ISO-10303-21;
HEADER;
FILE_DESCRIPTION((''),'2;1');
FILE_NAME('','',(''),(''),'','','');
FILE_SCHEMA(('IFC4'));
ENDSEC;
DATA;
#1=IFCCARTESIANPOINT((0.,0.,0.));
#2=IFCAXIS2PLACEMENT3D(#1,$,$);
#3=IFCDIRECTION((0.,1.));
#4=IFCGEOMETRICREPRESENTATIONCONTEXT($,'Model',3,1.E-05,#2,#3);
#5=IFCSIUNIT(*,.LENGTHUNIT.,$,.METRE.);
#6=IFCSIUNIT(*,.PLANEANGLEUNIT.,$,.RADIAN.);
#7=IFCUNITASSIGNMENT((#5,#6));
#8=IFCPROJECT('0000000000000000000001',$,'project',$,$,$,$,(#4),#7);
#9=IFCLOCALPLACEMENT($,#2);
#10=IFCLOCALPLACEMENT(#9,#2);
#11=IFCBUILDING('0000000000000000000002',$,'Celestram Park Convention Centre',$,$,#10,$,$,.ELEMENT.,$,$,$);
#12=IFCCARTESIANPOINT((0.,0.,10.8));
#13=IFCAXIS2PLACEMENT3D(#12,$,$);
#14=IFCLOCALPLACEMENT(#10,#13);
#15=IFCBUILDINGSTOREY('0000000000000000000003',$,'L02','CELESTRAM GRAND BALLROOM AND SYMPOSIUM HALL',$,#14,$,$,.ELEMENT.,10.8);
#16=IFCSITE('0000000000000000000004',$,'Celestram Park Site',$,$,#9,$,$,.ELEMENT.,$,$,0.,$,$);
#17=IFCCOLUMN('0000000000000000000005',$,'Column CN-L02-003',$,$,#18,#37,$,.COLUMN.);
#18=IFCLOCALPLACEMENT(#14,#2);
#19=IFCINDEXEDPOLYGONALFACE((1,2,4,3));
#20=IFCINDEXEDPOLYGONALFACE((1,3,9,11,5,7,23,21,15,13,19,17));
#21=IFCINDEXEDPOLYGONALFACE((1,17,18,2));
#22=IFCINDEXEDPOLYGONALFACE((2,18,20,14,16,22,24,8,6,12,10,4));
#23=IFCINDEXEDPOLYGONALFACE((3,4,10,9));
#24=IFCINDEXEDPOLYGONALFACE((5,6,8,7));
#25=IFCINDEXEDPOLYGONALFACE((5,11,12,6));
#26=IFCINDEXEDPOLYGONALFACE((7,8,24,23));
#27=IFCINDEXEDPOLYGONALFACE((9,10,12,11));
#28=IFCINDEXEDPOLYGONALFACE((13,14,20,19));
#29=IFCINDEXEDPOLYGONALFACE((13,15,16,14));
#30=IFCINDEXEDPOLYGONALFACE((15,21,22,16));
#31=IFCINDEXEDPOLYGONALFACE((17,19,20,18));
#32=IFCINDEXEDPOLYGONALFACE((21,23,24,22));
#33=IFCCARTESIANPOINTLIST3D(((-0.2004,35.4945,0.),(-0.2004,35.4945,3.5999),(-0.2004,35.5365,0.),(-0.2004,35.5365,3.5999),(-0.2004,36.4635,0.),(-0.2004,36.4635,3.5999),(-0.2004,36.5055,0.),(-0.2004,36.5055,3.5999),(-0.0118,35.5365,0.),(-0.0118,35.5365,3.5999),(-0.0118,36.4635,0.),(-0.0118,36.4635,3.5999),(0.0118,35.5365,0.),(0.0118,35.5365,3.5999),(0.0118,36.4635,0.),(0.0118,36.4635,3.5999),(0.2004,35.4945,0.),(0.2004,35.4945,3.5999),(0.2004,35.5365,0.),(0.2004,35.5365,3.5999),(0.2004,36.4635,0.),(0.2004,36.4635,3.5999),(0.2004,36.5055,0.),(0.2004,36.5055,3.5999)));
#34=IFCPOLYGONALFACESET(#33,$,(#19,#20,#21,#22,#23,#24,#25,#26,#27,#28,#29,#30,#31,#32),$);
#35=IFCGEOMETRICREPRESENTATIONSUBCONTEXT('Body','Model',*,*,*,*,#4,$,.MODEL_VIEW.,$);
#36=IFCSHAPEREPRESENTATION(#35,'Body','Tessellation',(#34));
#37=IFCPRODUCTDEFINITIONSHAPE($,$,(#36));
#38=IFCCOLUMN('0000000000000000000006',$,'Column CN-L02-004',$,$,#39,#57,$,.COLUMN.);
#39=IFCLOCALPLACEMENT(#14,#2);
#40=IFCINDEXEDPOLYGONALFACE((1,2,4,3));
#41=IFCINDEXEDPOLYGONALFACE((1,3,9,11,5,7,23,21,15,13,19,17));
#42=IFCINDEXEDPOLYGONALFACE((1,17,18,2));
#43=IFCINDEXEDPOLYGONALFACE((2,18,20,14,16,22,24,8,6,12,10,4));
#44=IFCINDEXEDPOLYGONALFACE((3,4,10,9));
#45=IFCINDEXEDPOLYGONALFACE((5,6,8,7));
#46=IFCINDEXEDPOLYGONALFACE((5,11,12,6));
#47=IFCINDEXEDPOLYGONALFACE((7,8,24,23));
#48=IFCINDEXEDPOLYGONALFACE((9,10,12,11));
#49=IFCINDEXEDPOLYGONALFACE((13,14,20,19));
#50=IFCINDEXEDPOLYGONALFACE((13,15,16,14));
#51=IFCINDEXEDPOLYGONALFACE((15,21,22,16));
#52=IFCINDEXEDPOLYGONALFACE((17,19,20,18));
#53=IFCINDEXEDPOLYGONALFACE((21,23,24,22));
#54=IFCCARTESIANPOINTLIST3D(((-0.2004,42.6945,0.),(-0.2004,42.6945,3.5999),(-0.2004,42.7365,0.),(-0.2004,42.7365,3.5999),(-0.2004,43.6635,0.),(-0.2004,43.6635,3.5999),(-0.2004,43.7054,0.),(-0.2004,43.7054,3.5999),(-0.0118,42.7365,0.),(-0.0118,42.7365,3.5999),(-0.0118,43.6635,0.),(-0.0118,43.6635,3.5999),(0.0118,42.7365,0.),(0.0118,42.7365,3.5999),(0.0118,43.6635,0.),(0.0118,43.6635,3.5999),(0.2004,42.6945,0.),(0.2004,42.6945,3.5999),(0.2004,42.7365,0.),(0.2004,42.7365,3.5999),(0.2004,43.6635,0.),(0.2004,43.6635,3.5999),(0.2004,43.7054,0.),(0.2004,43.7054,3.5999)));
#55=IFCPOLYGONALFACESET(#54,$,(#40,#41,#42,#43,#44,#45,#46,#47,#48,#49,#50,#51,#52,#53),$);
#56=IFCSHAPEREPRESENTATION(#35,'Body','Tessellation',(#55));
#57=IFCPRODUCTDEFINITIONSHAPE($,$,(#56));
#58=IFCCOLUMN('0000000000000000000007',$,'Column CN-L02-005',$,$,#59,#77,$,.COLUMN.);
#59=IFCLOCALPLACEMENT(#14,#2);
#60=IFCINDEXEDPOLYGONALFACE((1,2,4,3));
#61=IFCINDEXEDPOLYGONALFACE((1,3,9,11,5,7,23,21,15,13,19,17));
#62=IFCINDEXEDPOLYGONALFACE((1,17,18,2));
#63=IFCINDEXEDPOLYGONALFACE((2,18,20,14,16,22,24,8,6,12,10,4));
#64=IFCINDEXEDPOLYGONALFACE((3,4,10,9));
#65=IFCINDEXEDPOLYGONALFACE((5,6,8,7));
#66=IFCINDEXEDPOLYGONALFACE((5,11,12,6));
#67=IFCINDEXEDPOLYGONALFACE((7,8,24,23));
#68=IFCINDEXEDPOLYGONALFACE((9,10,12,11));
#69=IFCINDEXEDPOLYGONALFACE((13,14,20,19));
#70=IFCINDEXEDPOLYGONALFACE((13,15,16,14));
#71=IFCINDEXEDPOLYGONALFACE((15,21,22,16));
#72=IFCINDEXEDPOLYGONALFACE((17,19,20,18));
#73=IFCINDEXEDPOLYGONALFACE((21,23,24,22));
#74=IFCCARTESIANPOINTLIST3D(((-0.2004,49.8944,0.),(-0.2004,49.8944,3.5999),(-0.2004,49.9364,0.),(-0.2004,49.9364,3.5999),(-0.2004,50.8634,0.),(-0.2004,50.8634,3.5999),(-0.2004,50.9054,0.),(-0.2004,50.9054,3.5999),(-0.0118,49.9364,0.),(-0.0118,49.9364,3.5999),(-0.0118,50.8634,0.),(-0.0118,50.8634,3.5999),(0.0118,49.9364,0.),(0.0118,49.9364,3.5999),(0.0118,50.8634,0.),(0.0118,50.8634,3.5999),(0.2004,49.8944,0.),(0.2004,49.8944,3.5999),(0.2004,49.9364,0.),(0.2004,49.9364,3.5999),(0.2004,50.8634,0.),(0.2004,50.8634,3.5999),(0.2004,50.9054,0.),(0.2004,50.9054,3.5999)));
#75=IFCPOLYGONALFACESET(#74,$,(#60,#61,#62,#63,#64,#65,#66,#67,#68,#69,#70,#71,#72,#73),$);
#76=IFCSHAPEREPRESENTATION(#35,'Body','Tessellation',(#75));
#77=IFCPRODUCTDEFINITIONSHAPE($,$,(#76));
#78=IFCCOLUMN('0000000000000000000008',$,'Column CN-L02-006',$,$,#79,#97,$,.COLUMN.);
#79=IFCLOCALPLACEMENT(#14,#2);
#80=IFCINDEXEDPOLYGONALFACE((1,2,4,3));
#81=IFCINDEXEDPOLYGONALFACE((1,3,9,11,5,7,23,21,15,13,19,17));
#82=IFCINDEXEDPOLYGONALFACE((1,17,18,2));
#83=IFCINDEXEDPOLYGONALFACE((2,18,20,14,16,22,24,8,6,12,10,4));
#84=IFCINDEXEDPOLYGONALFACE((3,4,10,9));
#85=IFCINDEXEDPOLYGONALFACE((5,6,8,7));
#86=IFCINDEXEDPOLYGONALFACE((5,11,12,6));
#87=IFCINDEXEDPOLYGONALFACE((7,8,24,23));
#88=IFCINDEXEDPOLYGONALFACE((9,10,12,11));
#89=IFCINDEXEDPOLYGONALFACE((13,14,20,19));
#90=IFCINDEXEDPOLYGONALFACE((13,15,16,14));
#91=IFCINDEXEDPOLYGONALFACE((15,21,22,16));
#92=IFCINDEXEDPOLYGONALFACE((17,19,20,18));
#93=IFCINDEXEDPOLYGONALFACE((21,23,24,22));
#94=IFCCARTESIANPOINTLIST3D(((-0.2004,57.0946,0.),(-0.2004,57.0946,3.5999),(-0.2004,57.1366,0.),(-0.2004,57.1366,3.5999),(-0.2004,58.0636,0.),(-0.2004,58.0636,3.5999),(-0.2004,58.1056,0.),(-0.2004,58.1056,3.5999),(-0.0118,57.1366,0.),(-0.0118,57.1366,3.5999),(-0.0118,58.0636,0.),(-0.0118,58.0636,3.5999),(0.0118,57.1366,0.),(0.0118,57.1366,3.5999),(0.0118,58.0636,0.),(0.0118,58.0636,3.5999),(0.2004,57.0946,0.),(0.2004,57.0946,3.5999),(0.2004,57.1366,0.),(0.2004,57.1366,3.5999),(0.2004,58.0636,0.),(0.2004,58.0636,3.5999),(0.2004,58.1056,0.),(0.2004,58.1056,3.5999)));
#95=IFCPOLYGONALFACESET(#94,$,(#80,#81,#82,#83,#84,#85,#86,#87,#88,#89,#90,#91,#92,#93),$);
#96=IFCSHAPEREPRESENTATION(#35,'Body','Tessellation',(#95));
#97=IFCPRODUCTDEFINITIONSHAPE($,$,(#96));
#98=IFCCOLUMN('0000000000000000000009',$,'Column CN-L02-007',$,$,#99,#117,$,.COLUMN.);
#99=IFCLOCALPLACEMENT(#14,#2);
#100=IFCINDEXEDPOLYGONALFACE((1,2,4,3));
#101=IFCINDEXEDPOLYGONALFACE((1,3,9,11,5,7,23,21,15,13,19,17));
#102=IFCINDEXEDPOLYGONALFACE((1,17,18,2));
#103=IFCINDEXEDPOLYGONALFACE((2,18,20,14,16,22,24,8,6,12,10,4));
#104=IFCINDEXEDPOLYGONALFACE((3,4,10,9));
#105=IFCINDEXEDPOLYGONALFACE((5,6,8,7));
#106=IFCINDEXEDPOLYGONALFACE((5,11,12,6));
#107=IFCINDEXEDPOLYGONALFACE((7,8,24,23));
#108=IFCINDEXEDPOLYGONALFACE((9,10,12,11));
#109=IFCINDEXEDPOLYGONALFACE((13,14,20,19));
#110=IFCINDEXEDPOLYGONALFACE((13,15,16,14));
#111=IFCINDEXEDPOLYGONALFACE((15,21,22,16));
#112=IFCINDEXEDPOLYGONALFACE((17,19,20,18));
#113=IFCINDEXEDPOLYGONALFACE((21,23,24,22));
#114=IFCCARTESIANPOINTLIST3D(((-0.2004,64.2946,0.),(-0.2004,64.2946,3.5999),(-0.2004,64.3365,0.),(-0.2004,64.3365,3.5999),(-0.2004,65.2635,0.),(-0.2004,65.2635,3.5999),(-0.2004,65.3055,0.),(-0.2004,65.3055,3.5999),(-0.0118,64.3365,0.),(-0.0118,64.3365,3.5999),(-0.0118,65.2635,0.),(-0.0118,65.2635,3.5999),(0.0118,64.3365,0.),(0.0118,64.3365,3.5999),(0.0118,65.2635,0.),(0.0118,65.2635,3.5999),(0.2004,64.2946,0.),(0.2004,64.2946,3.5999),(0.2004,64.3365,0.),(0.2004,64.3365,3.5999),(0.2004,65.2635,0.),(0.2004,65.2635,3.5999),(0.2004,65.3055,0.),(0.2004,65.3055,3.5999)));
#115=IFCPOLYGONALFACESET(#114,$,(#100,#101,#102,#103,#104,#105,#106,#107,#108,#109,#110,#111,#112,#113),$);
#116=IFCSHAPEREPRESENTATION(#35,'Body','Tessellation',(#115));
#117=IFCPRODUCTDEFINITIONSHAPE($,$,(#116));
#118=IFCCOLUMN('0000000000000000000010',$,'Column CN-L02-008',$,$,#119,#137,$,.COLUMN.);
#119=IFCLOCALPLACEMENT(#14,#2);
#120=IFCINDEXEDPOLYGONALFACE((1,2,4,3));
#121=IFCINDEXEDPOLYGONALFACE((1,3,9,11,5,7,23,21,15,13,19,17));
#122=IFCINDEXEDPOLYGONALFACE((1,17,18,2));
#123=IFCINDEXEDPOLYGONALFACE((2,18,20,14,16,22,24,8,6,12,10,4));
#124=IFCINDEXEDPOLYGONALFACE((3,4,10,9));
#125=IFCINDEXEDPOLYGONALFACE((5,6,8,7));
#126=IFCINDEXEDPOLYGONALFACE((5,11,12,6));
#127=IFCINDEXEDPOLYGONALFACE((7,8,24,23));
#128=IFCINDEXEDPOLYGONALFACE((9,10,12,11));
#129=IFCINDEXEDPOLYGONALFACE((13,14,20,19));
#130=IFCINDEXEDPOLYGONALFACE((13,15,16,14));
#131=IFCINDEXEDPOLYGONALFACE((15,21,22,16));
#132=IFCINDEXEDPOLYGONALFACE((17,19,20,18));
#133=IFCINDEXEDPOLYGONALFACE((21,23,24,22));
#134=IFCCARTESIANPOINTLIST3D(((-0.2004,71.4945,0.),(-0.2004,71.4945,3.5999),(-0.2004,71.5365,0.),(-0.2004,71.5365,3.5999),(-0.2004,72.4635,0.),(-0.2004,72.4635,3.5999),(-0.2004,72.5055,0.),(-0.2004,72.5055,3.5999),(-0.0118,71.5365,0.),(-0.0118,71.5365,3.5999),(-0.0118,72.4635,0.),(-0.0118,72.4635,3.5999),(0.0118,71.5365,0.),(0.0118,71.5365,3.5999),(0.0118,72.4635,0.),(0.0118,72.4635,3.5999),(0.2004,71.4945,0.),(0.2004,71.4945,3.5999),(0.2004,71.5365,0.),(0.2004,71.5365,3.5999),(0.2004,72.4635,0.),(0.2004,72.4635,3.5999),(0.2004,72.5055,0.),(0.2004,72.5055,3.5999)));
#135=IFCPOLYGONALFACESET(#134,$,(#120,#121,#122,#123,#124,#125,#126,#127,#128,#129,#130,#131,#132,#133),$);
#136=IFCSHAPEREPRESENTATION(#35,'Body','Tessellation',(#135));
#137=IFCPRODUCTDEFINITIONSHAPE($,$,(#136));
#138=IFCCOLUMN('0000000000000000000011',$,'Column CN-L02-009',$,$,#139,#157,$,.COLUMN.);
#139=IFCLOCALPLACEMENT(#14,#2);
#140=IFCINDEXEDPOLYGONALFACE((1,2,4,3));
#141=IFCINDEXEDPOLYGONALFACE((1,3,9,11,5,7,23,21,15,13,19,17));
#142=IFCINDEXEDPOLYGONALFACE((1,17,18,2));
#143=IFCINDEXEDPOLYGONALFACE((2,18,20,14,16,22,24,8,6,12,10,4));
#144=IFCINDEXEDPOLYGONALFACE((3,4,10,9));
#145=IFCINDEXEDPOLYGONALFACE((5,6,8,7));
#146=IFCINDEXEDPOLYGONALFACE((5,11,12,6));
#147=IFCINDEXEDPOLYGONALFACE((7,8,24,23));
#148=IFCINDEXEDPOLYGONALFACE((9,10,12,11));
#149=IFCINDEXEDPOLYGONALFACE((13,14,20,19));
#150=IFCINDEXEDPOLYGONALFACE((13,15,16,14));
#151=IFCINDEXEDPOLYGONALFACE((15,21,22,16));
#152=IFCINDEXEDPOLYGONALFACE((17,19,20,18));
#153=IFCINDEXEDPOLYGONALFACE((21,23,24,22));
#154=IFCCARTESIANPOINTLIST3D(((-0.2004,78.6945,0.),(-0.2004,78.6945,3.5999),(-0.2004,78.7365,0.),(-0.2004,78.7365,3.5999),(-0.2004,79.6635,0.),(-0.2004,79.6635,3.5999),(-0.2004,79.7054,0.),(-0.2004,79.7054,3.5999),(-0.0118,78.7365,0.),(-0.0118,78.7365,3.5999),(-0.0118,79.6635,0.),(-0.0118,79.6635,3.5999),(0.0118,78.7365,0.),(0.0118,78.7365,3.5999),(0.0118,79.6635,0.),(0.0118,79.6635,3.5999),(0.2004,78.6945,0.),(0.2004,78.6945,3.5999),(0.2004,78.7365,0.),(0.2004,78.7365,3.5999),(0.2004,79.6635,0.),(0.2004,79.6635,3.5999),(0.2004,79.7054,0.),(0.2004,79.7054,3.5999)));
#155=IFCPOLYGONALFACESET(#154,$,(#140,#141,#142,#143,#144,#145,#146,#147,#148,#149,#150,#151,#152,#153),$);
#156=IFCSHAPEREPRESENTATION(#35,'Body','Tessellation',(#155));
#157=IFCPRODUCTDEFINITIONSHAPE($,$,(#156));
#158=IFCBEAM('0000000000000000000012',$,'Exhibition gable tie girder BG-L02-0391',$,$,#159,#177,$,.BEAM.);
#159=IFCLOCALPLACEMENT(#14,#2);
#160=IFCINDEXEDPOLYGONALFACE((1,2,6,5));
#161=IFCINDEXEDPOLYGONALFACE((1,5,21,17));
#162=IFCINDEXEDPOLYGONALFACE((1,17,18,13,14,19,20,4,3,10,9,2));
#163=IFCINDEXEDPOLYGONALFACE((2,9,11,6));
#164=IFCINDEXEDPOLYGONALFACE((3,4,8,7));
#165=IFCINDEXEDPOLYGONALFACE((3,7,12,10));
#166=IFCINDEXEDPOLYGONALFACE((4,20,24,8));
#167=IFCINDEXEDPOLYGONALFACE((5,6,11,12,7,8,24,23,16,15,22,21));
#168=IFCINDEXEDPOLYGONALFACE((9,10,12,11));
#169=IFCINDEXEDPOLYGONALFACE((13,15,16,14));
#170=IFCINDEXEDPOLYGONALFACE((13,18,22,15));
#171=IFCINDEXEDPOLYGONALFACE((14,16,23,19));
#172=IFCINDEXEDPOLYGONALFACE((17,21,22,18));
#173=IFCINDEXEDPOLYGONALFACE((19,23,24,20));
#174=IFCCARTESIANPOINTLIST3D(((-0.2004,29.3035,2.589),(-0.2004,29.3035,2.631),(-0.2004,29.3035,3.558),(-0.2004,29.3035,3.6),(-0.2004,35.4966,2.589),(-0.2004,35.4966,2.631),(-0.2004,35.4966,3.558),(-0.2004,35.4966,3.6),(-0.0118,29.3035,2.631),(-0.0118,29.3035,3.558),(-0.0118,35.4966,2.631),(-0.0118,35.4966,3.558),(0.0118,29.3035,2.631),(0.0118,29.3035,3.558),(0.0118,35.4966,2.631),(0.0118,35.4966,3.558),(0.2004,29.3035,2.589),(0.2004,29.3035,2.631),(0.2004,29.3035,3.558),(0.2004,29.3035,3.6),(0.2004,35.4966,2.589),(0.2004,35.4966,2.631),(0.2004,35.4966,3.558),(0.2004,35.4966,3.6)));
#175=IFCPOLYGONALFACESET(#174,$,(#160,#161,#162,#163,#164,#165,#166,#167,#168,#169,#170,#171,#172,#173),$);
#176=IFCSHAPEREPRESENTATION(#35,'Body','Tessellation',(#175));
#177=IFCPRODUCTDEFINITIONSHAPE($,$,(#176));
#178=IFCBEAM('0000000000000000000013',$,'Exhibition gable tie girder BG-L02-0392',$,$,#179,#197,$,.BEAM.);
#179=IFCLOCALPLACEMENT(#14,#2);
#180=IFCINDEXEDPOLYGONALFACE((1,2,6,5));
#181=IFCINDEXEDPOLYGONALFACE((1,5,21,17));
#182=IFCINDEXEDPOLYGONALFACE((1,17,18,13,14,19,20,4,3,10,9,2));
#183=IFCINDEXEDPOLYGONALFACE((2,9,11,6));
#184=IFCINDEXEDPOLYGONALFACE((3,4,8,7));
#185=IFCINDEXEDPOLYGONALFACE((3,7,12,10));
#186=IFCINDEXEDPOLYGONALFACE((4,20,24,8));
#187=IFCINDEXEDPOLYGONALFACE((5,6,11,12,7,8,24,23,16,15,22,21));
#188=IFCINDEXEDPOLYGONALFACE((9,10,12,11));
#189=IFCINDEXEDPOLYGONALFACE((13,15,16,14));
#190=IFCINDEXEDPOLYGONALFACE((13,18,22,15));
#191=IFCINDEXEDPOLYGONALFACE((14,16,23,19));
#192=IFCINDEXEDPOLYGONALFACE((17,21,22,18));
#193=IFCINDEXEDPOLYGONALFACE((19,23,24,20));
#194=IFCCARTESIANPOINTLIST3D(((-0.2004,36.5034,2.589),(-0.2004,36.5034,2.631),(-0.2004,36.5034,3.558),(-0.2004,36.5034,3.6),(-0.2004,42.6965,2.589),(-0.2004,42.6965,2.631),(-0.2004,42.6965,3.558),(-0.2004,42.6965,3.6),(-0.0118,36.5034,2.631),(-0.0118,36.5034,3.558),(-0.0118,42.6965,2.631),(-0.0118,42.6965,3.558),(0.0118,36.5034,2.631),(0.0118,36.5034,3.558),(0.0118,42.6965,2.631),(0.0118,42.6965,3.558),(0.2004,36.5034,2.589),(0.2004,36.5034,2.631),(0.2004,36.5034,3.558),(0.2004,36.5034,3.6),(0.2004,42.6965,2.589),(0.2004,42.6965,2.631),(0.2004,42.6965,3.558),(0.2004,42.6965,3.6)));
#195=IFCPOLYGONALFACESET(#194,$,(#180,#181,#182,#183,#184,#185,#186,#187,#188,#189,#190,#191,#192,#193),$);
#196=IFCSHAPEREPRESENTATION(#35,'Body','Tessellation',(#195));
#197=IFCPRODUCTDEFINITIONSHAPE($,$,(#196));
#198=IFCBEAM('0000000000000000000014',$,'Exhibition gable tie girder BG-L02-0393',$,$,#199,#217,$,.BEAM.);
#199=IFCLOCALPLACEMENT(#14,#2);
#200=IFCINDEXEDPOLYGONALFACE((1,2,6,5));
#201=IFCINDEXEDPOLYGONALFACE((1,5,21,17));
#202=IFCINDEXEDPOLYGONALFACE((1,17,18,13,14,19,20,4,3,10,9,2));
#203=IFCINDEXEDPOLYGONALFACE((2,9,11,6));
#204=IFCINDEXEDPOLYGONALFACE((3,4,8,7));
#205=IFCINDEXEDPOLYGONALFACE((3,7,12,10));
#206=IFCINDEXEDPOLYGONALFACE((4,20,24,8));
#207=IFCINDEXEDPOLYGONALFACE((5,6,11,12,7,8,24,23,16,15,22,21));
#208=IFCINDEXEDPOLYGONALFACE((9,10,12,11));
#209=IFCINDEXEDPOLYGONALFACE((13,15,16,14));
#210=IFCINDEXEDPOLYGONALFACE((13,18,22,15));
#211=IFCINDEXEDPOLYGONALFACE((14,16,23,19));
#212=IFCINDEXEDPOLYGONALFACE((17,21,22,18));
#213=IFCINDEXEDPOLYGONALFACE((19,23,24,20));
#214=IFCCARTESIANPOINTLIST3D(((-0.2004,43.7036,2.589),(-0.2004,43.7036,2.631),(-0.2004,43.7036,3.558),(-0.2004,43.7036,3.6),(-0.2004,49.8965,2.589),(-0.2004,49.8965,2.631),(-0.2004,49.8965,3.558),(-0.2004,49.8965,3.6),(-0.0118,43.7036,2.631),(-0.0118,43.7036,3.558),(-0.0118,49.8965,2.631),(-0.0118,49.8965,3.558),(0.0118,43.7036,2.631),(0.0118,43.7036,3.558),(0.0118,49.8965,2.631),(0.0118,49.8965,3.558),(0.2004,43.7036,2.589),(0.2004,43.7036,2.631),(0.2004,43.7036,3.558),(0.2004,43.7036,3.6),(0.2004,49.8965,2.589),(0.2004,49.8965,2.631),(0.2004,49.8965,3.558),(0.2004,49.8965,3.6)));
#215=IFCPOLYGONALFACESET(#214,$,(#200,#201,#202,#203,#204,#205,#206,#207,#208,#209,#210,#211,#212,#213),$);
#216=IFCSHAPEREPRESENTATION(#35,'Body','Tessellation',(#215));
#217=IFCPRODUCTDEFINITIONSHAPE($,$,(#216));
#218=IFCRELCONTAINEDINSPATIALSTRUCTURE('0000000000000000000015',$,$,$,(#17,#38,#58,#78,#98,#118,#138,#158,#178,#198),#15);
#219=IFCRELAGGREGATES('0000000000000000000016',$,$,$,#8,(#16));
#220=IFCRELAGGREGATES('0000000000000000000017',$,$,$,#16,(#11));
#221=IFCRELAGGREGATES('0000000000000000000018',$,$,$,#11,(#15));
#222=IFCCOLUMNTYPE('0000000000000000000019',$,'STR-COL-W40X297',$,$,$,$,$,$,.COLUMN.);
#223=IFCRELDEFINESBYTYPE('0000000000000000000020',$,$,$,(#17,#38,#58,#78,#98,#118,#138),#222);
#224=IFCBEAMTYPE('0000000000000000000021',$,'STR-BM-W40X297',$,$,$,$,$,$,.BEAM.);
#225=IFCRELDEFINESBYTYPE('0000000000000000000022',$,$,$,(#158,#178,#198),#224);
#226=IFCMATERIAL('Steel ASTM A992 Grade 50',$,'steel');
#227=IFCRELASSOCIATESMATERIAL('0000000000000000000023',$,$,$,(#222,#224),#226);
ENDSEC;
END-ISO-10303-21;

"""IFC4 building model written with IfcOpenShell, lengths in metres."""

from ifc_helpers import new_model, si_unit, direction, frame, origin, origin_2d, place, context, subcontext, project, spatial, i_section, extrude, material, material_profile, profile_set, type_object, element, save


model = new_model("IFC4")

# Units and contexts
model_context = context("Model", 3, precision=1e-05, world=origin(), true_north=direction((0.0, 1.0)))
body_context = subcontext(model_context, "Body", "Model", "MODEL_VIEW")
ifc_project = project(units=[si_unit("LENGTHUNIT", "METRE"), si_unit("PLANEANGLEUNIT", "RADIAN")], contexts=[model_context])

# Site, building, storey
site_placement = place(None, origin())
site = spatial("IfcSite", under=ifc_project, at=site_placement, Name="Celestram Park Site", CompositionType="ELEMENT", RefElevation=0.0)
building_placement = place(site_placement, origin())
building = spatial("IfcBuilding", under=site, at=building_placement, Name="Celestram Park Convention Centre", CompositionType="ELEMENT")
storey_placement = place(building_placement, frame((0.0, 0.0, 10.8)))
storey = spatial("IfcBuildingStorey", under=building, at=storey_placement, Name="L02", Description="CELESTRAM GRAND BALLROOM AND SYMPOSIUM HALL", CompositionType="ELEMENT", Elevation=10.8)

# Columns
ifc_material_1 = material(Name="Steel ASTM A992 Grade 50", Category="steel")
ifc_material_profile_1 = material_profile(ifc_material_1, i_section(OverallWidth=0.4009, OverallDepth=1.011, WebThickness=0.0237, FlangeThickness=0.042, at=origin_2d()), Name="W40X297")
ifc_profile_set_1 = profile_set([ifc_material_profile_1], Name="Steel ASTM A992 Grade 50")
column_type = type_object("IfcColumnType", Name="STR-COL-W40X297", PredefinedType="COLUMN", material=ifc_profile_set_1)
for number, where, z_axis, x_axis, name in (
    (1, (0.0, 36.0, 0.0), (0.0, 0.0, 1.0), (1.0, 0.0, 0.0), "Column CN-L02-003"),
    (2, (0.0, 43.2, 0.0), (0.0, 0.0, 1.0), (1.0, 0.0, 0.0), "Column CN-L02-004"),
    (3, (0.0, 50.3999, 0.0), (0.0, 0.0, 1.0), (1.0, 0.0, 0.0), "Column CN-L02-005"),
    (4, (0.0, 57.6001, 0.0), (0.0, 0.0, 1.0), (1.0, 0.0, 0.0), "Column CN-L02-006"),
    (5, (0.0, 64.8, 0.0), (0.0, 0.0, 1.0), (1.0, 0.0, 0.0), "Column CN-L02-007"),
    (6, (0.0, 72.0, 0.0), (0.0, 0.0, 1.0), (1.0, 0.0, 0.0), "Column CN-L02-008"),
    (7, (0.0, 79.2, 0.0), (0.0, 0.0, 1.0), (1.0, 0.0, 0.0), "Column CN-L02-009"),
):
    element("IfcColumn", number, at=place(storey_placement, frame(where, z_axis=z_axis, x_axis=x_axis)), inside=storey, type_object=column_type, Name=name, PredefinedType="COLUMN", context=body_context, shape_type="SweptSolid", body=[
        extrude(i_section(OverallWidth=0.4009, OverallDepth=1.011, WebThickness=0.0237, FlangeThickness=0.042, at=origin_2d()), origin(), (0.0, 0.0, 1.0), 3.5999),
    ])

# Beams
ifc_material_profile_2 = material_profile(ifc_material_1, i_section(OverallWidth=0.4009, OverallDepth=1.011, WebThickness=0.0237, FlangeThickness=0.042, at=origin_2d()), Name="W40X297")
ifc_profile_set_2 = profile_set([ifc_material_profile_2], Name="Steel ASTM A992 Grade 50")
beam_type_1 = type_object("IfcBeamType", Name="STR-BM-W40X297", PredefinedType="BEAM", material=ifc_profile_set_2)
for number, where, z_axis, x_axis, name in (
    (8, (0.0, 29.3035, 3.0945), (0.0, 1.0, 0.0), (-1.0, 0.0, 0.0), "Exhibition gable tie girder BG-L02-0391"),
    (9, (0.0, 36.5034, 3.0945), (0.0, 1.0, 0.0), (-1.0, 0.0, 0.0), "Exhibition gable tie girder BG-L02-0392"),
):
    element("IfcBeam", number, at=place(storey_placement, frame(where, z_axis=z_axis, x_axis=x_axis)), inside=storey, type_object=beam_type_1, Name=name, PredefinedType="BEAM", context=body_context, shape_type="SweptSolid", body=[
        extrude(i_section(OverallWidth=0.4009, OverallDepth=1.011, WebThickness=0.0237, FlangeThickness=0.042, at=origin_2d()), origin(), (0.0, 0.0, 1.0), 6.1931),
    ])
for number, where, z_axis, x_axis, name in (
    (10, (0.0, 43.7036, 3.0945), (0.0, 1.0, 0.0), (-1.0, 0.0, 0.0), "Exhibition gable tie girder BG-L02-0393"),
):
    element("IfcBeam", number, at=place(storey_placement, frame(where, z_axis=z_axis, x_axis=x_axis)), inside=storey, type_object=beam_type_1, Name=name, PredefinedType="BEAM", context=body_context, shape_type="SweptSolid", body=[
        extrude(i_section(OverallWidth=0.4009, OverallDepth=1.011, WebThickness=0.0237, FlangeThickness=0.042, at=origin_2d()), origin(), (0.0, 0.0, 1.0), 6.1929),
    ])

save(model, "model.ifc")
